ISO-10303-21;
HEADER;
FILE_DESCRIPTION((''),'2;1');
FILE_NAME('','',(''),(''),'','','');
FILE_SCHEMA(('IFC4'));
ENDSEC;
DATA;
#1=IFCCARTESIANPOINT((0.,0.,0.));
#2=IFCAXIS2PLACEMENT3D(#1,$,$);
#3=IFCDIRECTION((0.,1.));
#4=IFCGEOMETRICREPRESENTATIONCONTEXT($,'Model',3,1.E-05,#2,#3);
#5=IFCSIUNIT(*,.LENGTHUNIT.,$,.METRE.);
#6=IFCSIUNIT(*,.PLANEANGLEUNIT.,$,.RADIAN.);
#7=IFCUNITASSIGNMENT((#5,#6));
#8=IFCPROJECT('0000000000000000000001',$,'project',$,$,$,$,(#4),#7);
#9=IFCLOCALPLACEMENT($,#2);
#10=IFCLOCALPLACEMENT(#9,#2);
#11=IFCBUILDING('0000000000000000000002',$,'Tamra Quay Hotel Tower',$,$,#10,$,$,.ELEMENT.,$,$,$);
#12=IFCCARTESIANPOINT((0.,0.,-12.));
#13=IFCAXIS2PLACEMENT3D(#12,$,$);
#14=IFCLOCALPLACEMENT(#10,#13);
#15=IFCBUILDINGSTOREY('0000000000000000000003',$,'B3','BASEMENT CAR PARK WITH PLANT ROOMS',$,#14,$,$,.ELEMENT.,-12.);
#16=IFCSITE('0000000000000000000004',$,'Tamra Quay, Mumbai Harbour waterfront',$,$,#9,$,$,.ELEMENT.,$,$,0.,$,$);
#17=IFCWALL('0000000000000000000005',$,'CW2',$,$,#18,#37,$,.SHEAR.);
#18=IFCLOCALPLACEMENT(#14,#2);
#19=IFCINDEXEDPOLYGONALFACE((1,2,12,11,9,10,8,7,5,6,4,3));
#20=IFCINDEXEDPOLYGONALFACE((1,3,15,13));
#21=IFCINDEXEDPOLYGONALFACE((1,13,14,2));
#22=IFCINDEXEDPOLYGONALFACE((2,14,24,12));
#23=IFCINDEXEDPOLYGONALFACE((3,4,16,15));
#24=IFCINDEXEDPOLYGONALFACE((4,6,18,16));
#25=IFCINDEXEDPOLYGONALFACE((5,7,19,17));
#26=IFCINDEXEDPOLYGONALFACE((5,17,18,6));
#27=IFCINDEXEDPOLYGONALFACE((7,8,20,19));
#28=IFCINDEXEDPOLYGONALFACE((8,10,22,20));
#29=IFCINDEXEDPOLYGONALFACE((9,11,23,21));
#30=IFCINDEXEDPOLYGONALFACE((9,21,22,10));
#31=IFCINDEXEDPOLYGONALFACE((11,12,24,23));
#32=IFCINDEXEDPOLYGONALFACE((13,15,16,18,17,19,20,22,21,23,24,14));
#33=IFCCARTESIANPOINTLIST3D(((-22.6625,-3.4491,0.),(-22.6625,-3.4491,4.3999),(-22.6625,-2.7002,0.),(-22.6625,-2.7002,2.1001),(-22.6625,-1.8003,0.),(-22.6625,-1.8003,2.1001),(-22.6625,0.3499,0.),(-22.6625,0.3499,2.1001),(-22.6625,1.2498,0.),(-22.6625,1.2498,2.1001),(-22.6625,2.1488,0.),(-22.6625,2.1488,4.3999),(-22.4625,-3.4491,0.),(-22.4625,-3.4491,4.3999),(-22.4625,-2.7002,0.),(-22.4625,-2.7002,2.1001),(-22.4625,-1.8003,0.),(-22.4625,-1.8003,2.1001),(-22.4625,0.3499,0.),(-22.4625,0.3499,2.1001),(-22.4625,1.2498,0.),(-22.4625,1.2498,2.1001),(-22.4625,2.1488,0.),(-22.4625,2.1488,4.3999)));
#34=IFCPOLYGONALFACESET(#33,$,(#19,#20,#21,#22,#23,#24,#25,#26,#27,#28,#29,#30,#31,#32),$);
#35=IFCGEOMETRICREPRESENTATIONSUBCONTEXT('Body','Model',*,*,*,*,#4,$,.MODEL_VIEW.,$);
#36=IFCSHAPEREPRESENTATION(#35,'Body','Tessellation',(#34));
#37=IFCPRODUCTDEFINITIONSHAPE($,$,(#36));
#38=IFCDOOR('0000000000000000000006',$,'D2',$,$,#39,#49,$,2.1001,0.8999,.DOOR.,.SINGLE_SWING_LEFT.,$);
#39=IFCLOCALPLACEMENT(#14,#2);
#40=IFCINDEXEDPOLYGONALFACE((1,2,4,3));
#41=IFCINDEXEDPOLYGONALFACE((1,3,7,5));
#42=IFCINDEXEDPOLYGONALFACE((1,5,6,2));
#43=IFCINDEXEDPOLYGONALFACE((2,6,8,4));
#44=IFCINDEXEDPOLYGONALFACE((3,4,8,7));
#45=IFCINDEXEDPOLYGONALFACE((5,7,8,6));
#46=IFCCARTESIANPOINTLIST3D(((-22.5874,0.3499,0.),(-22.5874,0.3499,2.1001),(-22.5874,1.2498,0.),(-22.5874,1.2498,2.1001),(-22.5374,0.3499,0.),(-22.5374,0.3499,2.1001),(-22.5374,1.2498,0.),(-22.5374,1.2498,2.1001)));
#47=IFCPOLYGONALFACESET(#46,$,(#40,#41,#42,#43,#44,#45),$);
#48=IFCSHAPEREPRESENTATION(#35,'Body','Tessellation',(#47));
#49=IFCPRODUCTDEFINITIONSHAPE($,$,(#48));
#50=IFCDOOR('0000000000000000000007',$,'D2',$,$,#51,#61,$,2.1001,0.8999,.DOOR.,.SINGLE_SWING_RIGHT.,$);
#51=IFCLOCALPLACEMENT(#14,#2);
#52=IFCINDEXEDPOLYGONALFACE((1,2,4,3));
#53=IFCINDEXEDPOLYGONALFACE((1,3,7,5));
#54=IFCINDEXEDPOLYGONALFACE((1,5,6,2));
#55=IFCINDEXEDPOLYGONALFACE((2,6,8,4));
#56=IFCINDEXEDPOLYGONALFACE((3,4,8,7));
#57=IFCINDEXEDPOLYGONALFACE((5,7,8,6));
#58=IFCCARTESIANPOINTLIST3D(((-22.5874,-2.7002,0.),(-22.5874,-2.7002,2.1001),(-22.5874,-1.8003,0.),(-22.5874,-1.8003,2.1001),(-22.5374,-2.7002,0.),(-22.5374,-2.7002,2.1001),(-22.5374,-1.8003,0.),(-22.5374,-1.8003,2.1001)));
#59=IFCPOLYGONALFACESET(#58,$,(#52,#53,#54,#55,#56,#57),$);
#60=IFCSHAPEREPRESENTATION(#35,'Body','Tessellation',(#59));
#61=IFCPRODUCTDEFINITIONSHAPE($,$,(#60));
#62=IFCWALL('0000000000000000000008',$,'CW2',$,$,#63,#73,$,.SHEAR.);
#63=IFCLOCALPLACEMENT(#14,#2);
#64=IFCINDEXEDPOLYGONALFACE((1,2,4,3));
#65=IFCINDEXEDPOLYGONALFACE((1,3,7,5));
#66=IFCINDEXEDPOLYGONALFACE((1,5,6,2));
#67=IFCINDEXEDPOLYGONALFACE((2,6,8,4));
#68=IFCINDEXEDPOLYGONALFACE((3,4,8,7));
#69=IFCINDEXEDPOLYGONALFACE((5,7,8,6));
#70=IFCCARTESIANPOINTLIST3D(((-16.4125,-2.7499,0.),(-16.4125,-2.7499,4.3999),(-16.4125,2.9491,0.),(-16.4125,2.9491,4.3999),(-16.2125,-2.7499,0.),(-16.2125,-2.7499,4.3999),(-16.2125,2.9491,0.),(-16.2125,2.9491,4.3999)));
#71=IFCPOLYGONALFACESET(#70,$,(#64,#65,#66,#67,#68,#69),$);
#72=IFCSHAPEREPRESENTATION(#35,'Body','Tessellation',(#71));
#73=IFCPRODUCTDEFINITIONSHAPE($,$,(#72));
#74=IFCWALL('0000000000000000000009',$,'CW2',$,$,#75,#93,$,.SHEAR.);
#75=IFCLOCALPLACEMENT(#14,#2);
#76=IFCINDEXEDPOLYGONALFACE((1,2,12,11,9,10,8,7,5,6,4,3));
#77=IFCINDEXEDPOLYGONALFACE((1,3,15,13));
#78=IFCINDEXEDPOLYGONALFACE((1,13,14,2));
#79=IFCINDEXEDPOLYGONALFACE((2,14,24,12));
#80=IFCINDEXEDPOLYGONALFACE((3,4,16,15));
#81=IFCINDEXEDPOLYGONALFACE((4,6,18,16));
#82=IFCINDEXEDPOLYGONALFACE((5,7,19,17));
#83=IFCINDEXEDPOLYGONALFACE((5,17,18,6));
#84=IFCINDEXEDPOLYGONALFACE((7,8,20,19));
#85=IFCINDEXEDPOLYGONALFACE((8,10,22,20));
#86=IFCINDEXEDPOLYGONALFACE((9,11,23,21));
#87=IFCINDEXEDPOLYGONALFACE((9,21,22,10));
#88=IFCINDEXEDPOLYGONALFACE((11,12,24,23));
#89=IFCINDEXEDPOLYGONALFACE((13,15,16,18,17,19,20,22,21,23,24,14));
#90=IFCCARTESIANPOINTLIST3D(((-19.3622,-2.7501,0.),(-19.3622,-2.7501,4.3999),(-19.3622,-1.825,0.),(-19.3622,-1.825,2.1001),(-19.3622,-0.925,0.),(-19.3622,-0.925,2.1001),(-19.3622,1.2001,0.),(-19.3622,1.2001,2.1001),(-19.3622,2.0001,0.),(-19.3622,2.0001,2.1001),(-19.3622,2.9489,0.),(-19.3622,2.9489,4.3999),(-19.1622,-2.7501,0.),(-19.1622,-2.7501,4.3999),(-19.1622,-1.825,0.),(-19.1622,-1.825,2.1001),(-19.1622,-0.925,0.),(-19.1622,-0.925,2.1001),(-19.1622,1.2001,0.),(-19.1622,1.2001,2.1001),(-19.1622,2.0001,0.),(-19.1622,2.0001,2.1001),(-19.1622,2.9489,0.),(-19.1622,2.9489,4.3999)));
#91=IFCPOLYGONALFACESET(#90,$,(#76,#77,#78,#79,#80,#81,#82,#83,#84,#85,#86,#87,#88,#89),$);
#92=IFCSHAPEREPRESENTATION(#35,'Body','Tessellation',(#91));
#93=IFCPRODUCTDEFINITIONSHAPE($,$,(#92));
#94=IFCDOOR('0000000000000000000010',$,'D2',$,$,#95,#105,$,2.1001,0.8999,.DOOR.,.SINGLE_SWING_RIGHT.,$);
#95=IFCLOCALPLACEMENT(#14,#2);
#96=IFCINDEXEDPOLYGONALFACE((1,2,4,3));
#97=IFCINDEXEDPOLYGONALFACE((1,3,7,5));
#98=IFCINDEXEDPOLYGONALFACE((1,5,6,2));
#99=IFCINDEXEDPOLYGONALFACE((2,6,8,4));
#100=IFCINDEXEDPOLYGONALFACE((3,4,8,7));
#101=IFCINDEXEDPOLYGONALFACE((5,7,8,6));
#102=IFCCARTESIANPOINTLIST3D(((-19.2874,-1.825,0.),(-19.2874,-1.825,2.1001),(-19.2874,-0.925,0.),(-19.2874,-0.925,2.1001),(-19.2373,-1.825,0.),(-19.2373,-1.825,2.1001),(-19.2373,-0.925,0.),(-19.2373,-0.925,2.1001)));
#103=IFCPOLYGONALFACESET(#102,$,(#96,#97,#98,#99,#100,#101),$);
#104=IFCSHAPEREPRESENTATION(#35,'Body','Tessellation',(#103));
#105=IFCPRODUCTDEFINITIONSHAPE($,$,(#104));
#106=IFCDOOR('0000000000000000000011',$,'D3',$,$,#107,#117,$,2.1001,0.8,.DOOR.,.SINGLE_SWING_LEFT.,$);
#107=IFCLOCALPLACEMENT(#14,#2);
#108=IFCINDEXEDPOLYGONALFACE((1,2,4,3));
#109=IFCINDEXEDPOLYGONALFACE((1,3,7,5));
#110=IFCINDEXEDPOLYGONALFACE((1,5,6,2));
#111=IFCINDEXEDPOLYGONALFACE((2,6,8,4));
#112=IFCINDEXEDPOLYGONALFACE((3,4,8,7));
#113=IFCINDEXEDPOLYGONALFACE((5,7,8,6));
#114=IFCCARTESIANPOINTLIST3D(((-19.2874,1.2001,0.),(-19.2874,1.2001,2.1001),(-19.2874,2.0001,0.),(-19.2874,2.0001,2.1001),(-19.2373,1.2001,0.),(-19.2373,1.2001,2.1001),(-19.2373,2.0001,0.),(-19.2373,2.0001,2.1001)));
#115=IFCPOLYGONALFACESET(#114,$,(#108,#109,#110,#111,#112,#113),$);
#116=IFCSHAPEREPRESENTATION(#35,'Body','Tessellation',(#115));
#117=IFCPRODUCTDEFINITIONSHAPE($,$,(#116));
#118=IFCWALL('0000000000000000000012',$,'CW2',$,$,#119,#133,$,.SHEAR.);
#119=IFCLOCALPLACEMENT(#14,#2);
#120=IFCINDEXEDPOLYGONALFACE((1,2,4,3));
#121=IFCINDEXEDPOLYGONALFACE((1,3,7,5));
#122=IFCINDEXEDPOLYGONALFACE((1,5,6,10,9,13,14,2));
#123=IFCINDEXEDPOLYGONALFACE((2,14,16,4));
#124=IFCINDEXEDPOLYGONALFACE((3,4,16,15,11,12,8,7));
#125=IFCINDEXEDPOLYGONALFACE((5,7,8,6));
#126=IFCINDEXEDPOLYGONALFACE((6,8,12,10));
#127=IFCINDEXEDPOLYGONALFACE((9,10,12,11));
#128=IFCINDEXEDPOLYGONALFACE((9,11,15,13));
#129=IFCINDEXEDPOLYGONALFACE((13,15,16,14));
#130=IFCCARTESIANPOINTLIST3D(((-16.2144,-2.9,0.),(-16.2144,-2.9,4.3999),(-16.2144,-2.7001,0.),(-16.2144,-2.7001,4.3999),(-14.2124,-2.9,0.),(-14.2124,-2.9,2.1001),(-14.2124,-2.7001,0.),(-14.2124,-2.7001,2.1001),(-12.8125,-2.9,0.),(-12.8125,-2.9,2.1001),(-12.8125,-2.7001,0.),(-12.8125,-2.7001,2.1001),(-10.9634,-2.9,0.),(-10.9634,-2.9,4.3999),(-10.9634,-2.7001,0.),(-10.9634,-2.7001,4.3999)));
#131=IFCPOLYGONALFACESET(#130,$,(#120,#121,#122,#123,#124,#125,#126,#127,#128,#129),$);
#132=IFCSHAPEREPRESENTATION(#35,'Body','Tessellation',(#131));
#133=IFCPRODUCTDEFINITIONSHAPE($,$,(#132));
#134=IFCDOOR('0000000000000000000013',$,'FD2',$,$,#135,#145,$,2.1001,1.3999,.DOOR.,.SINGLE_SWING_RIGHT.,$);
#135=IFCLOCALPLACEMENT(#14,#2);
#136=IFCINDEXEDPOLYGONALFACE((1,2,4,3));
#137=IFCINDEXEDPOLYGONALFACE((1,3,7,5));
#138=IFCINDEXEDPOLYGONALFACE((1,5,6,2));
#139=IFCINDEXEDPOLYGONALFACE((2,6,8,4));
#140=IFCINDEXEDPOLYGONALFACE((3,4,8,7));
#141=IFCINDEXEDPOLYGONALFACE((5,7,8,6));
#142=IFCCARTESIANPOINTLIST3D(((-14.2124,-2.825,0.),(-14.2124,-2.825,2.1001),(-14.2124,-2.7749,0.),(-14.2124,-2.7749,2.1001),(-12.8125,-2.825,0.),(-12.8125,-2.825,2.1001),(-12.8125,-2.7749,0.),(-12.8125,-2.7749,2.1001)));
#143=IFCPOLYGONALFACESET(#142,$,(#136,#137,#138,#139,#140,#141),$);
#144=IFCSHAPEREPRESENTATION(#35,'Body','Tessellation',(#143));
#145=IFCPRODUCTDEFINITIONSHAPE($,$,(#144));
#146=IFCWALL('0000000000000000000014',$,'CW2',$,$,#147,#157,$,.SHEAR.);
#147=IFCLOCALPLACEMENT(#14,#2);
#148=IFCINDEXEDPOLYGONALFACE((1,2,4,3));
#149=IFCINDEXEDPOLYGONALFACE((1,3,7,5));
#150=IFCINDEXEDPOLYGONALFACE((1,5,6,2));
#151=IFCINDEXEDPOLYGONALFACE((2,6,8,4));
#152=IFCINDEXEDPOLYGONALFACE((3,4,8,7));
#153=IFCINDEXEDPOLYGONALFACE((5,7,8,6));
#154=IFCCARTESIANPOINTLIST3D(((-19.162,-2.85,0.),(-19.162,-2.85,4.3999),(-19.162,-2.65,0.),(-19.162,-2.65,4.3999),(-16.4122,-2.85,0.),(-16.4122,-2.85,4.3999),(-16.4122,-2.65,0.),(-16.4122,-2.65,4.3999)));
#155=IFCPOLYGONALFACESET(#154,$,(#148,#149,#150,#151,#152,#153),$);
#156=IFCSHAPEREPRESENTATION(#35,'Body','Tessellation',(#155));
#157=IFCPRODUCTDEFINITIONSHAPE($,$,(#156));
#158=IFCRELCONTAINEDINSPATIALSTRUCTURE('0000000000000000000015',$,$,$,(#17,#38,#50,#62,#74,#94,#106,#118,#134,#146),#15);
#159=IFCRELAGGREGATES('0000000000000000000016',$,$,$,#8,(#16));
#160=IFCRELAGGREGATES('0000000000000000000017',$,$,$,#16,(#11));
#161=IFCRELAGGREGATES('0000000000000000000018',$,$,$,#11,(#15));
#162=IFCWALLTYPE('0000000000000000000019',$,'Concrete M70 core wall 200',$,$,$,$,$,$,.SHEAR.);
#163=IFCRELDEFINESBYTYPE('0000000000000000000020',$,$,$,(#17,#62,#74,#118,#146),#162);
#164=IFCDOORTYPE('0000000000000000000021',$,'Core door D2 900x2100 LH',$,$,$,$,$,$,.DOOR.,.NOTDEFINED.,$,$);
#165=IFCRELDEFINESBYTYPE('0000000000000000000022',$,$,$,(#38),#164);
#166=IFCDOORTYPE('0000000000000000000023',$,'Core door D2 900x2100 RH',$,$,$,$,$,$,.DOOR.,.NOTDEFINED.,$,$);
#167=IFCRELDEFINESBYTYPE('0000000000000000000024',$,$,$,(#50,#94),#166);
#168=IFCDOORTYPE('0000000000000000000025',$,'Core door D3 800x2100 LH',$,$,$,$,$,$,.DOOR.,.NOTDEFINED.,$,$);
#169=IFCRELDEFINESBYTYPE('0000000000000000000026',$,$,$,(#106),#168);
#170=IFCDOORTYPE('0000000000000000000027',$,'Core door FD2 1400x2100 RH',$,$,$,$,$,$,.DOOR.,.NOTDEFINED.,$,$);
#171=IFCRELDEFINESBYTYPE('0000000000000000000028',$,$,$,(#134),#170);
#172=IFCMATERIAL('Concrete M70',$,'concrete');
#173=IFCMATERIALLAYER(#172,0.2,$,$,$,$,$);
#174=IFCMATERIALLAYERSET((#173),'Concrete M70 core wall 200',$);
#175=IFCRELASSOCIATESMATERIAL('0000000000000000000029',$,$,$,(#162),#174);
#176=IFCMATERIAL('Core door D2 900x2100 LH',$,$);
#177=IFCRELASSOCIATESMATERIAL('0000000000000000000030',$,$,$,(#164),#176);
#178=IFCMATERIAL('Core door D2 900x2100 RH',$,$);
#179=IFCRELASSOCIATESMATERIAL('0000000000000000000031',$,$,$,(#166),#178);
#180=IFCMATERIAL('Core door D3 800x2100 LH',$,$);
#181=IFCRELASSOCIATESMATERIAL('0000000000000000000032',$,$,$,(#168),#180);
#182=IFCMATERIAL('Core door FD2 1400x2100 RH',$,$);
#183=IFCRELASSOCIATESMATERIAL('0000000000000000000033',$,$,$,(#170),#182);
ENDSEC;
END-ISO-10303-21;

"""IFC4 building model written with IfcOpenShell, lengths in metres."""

from ifc_helpers import new_model, si_unit, direction, frame, frame_2d, origin, place, context, subcontext, project, spatial, rectangle, extrude, material, layer, layer_set, type_object, element, fill, save


model = new_model("IFC4")

# Units and contexts
model_context = context("Model", 3, precision=1e-05, world=origin(), true_north=direction((0.0, 1.0)))
body_context = subcontext(model_context, "Body", "Model", "MODEL_VIEW")
ifc_project = project(units=[si_unit("LENGTHUNIT", "METRE"), si_unit("PLANEANGLEUNIT", "RADIAN")], contexts=[model_context])

# Site, building, storey
site_placement = place(None, origin())
site = spatial("IfcSite", under=ifc_project, at=site_placement, Name="Tamra Quay, Mumbai Harbour waterfront", CompositionType="ELEMENT", RefElevation=0.0)
building_placement = place(site_placement, origin())
building = spatial("IfcBuilding", under=site, at=building_placement, Name="Tamra Quay Hotel Tower", CompositionType="ELEMENT")
storey_placement = place(building_placement, frame((0.0, 0.0, -12.0)))
storey = spatial("IfcBuildingStorey", under=building, at=storey_placement, Name="B3", Description="BASEMENT CAR PARK WITH PLANT ROOMS", CompositionType="ELEMENT", Elevation=-12.0)

# Shared definitions
ifc_material_1 = material(Name="Concrete M70", Category="concrete")

# Wall, openings, doors
ifc_layer_1 = layer(ifc_material_1, 0.2)
ifc_layer_set_1 = layer_set([ifc_layer_1], Name="Concrete M70 core wall 200")
wall_type_1 = type_object("IfcWallType", Name="Concrete M70 core wall 200", PredefinedType="SHEAR", material=ifc_layer_set_1)
wall_1_placement = place(storey_placement, frame((-22.5625, -3.449, 0.0), z_axis=(0.0, 0.0, 1.0), x_axis=(0.0, 1.0, 0.0)))
wall_1 = element("IfcWall", 1, at=wall_1_placement, inside=storey, type_object=wall_type_1, Name="CW2", PredefinedType="SHEAR", context=body_context, shape_type="SweptSolid", body=[
    extrude(rectangle(XDim=5.5979, YDim=0.2, at=frame_2d((2.7988, 0.0))), origin(), (0.0, 0.0, 1.0), 4.3999),
])
opening_1_placement = place(wall_1_placement, frame((3.7988, 0.0, 0.0)))
opening_1 = element("IfcOpeningElement", 2, at=opening_1_placement, cuts=wall_1, PredefinedType="OPENING", context=body_context, shape_type="SweptSolid", body=[
    extrude(rectangle(XDim=0.8999, YDim=2.1001, at=frame_2d((0.45, 1.05))), frame((0.0, 0.1099, 0.0), z_axis=(0.0, -1.0, 0.0), x_axis=(1.0, 0.0, 0.0)), (0.0, 0.0, 1.0), 0.22),
])
opening_2_placement = place(wall_1_placement, frame((0.7488, 0.0, 0.0)))
opening_2 = element("IfcOpeningElement", 3, at=opening_2_placement, cuts=wall_1, PredefinedType="OPENING", context=body_context, shape_type="SweptSolid", body=[
    extrude(rectangle(XDim=0.8999, YDim=2.1001, at=frame_2d((0.45, 1.05))), frame((0.0, 0.1099, 0.0), z_axis=(0.0, -1.0, 0.0), x_axis=(1.0, 0.0, 0.0)), (0.0, 0.0, 1.0), 0.22),
])
ifc_material_2 = material(Name="Core door D2 900x2100 LH")
door_type_1 = type_object("IfcDoorType", Name="Core door D2 900x2100 LH", OperationType="NOTDEFINED", PredefinedType="DOOR", material=ifc_material_2)
door_1_placement = place(opening_1_placement, origin())
door_1 = element("IfcDoor", 4, at=door_1_placement, inside=storey, type_object=door_type_1, Name="D2", OperationType="SINGLE_SWING_LEFT", OverallHeight=2.1001, OverallWidth=0.8999, PredefinedType="DOOR", context=body_context, shape_type="SweptSolid", body=[
    extrude(rectangle(XDim=0.8999, YDim=2.1001, at=frame_2d((0.45, 1.05))), frame((0.0, 0.0249, 0.0), z_axis=(0.0, -1.0, 0.0), x_axis=(1.0, 0.0, 0.0)), (0.0, 0.0, 1.0), 0.05),
])
fill(opening_1, door_1)
ifc_material_3 = material(Name="Core door D2 900x2100 RH")
door_type_2 = type_object("IfcDoorType", Name="Core door D2 900x2100 RH", OperationType="NOTDEFINED", PredefinedType="DOOR", material=ifc_material_3)
door_2_placement = place(opening_2_placement, origin())
door_2 = element("IfcDoor", 5, at=door_2_placement, inside=storey, type_object=door_type_2, Name="D2", OperationType="SINGLE_SWING_RIGHT", OverallHeight=2.1001, OverallWidth=0.8999, PredefinedType="DOOR", context=body_context, shape_type="SweptSolid", body=[
    extrude(rectangle(XDim=0.8999, YDim=2.1001, at=frame_2d((0.45, 1.05))), frame((0.0, 0.0249, 0.0), z_axis=(0.0, -1.0, 0.0), x_axis=(1.0, 0.0, 0.0)), (0.0, 0.0, 1.0), 0.05),
])
fill(opening_2, door_2)

# Wall
wall_2_placement = place(storey_placement, frame((-16.3125, -2.75, 0.0), z_axis=(0.0, 0.0, 1.0), x_axis=(0.0, 1.0, 0.0)))
element("IfcWall", 6, at=wall_2_placement, inside=storey, type_object=wall_type_1, Name="CW2", PredefinedType="SHEAR", context=body_context, shape_type="SweptSolid", body=[
    extrude(rectangle(XDim=5.699, YDim=0.2, at=frame_2d((2.8496, 0.0))), origin(), (0.0, 0.0, 1.0), 4.3999),
])

# Wall, openings, doors
wall_3_placement = place(storey_placement, frame((-19.2622, 2.949, 0.0), z_axis=(0.0, 0.0, 1.0), x_axis=(0.0, -1.0, 0.0)))
wall_3 = element("IfcWall", 7, at=wall_3_placement, inside=storey, type_object=wall_type_1, Name="CW2", PredefinedType="SHEAR", context=body_context, shape_type="SweptSolid", body=[
    extrude(rectangle(XDim=5.699, YDim=0.2, at=frame_2d((2.8496, 0.0))), origin(), (0.0, 0.0, 1.0), 4.3999),
])
opening_3_placement = place(wall_3_placement, frame((0.949, 0.0, 0.0)))
opening_3 = element("IfcOpeningElement", 8, at=opening_3_placement, cuts=wall_3, PredefinedType="OPENING", context=body_context, shape_type="SweptSolid", body=[
    extrude(rectangle(XDim=0.8, YDim=2.1001, at=frame_2d((0.3999, 1.05))), frame((0.0, 0.1099, 0.0), z_axis=(0.0, -1.0, 0.0), x_axis=(1.0, 0.0, 0.0)), (0.0, 0.0, 1.0), 0.22),
])
opening_4_placement = place(wall_3_placement, frame((3.874, 0.0, 0.0)))
opening_4 = element("IfcOpeningElement", 9, at=opening_4_placement, cuts=wall_3, PredefinedType="OPENING", context=body_context, shape_type="SweptSolid", body=[
    extrude(rectangle(XDim=0.8999, YDim=2.1001, at=frame_2d((0.45, 1.05))), frame((0.0, 0.1099, 0.0), z_axis=(0.0, -1.0, 0.0), x_axis=(1.0, 0.0, 0.0)), (0.0, 0.0, 1.0), 0.22),
])
door_3_placement = place(opening_4_placement, origin())
door_3 = element("IfcDoor", 10, at=door_3_placement, inside=storey, type_object=door_type_2, Name="D2", OperationType="SINGLE_SWING_RIGHT", OverallHeight=2.1001, OverallWidth=0.8999, PredefinedType="DOOR", context=body_context, shape_type="SweptSolid", body=[
    extrude(rectangle(XDim=0.8999, YDim=2.1001, at=frame_2d((0.45, 1.05))), frame((0.0, 0.0249, 0.0), z_axis=(0.0, -1.0, 0.0), x_axis=(1.0, 0.0, 0.0)), (0.0, 0.0, 1.0), 0.05),
])
fill(opening_4, door_3)
ifc_material_4 = material(Name="Core door D3 800x2100 LH")
door_type_3 = type_object("IfcDoorType", Name="Core door D3 800x2100 LH", OperationType="NOTDEFINED", PredefinedType="DOOR", material=ifc_material_4)
door_4_placement = place(opening_3_placement, origin())
door_4 = element("IfcDoor", 11, at=door_4_placement, inside=storey, type_object=door_type_3, Name="D3", OperationType="SINGLE_SWING_LEFT", OverallHeight=2.1001, OverallWidth=0.8, PredefinedType="DOOR", context=body_context, shape_type="SweptSolid", body=[
    extrude(rectangle(XDim=0.8, YDim=2.1001, at=frame_2d((0.3999, 1.05))), frame((0.0, 0.0249, 0.0), z_axis=(0.0, -1.0, 0.0), x_axis=(1.0, 0.0, 0.0)), (0.0, 0.0, 1.0), 0.05),
])
fill(opening_3, door_4)

# Wall, opening, door
wall_4_placement = place(storey_placement, frame((-10.9634, -2.8, 0.0), z_axis=(0.0, 0.0, 1.0), x_axis=(-1.0, 0.0, 0.0)))
wall_4 = element("IfcWall", 12, at=wall_4_placement, inside=storey, type_object=wall_type_1, Name="CW2", PredefinedType="SHEAR", context=body_context, shape_type="SweptSolid", body=[
    extrude(rectangle(XDim=5.251, YDim=0.2, at=frame_2d((2.6255, 0.0))), origin(), (0.0, 0.0, 1.0), 4.3999),
])
opening_5_placement = place(wall_4_placement, frame((1.8491, 0.0, 0.0)))
opening_5 = element("IfcOpeningElement", 13, at=opening_5_placement, cuts=wall_4, PredefinedType="OPENING", context=body_context, shape_type="SweptSolid", body=[
    extrude(rectangle(XDim=1.3999, YDim=2.1001, at=frame_2d((0.7, 1.05))), frame((0.0, 0.1099, 0.0), z_axis=(0.0, -1.0, 0.0), x_axis=(1.0, 0.0, 0.0)), (0.0, 0.0, 1.0), 0.22),
])
ifc_material_5 = material(Name="Core door FD2 1400x2100 RH")
door_type_4 = type_object("IfcDoorType", Name="Core door FD2 1400x2100 RH", OperationType="NOTDEFINED", PredefinedType="DOOR", material=ifc_material_5)
door_5_placement = place(opening_5_placement, origin())
door_5 = element("IfcDoor", 14, at=door_5_placement, inside=storey, type_object=door_type_4, Name="FD2", OperationType="SINGLE_SWING_RIGHT", OverallHeight=2.1001, OverallWidth=1.3999, PredefinedType="DOOR", context=body_context, shape_type="SweptSolid", body=[
    extrude(rectangle(XDim=1.3999, YDim=2.1001, at=frame_2d((0.7, 1.05))), frame((0.0, 0.0249, 0.0), z_axis=(0.0, -1.0, 0.0), x_axis=(1.0, 0.0, 0.0)), (0.0, 0.0, 1.0), 0.05),
])
fill(opening_5, door_5)

# Wall
wall_5_placement = place(storey_placement, frame((-19.1621, -2.75, 0.0), z_axis=(0.0, 0.0, 1.0), x_axis=(1.0, 0.0, 0.0)))
element("IfcWall", 15, at=wall_5_placement, inside=storey, type_object=wall_type_1, Name="CW2", PredefinedType="SHEAR", context=body_context, shape_type="SweptSolid", body=[
    extrude(rectangle(XDim=2.7498, YDim=0.2, at=frame_2d((1.375, 0.0))), origin(), (0.0, 0.0, 1.0), 4.3999),
])

save(model, "model.ifc")
